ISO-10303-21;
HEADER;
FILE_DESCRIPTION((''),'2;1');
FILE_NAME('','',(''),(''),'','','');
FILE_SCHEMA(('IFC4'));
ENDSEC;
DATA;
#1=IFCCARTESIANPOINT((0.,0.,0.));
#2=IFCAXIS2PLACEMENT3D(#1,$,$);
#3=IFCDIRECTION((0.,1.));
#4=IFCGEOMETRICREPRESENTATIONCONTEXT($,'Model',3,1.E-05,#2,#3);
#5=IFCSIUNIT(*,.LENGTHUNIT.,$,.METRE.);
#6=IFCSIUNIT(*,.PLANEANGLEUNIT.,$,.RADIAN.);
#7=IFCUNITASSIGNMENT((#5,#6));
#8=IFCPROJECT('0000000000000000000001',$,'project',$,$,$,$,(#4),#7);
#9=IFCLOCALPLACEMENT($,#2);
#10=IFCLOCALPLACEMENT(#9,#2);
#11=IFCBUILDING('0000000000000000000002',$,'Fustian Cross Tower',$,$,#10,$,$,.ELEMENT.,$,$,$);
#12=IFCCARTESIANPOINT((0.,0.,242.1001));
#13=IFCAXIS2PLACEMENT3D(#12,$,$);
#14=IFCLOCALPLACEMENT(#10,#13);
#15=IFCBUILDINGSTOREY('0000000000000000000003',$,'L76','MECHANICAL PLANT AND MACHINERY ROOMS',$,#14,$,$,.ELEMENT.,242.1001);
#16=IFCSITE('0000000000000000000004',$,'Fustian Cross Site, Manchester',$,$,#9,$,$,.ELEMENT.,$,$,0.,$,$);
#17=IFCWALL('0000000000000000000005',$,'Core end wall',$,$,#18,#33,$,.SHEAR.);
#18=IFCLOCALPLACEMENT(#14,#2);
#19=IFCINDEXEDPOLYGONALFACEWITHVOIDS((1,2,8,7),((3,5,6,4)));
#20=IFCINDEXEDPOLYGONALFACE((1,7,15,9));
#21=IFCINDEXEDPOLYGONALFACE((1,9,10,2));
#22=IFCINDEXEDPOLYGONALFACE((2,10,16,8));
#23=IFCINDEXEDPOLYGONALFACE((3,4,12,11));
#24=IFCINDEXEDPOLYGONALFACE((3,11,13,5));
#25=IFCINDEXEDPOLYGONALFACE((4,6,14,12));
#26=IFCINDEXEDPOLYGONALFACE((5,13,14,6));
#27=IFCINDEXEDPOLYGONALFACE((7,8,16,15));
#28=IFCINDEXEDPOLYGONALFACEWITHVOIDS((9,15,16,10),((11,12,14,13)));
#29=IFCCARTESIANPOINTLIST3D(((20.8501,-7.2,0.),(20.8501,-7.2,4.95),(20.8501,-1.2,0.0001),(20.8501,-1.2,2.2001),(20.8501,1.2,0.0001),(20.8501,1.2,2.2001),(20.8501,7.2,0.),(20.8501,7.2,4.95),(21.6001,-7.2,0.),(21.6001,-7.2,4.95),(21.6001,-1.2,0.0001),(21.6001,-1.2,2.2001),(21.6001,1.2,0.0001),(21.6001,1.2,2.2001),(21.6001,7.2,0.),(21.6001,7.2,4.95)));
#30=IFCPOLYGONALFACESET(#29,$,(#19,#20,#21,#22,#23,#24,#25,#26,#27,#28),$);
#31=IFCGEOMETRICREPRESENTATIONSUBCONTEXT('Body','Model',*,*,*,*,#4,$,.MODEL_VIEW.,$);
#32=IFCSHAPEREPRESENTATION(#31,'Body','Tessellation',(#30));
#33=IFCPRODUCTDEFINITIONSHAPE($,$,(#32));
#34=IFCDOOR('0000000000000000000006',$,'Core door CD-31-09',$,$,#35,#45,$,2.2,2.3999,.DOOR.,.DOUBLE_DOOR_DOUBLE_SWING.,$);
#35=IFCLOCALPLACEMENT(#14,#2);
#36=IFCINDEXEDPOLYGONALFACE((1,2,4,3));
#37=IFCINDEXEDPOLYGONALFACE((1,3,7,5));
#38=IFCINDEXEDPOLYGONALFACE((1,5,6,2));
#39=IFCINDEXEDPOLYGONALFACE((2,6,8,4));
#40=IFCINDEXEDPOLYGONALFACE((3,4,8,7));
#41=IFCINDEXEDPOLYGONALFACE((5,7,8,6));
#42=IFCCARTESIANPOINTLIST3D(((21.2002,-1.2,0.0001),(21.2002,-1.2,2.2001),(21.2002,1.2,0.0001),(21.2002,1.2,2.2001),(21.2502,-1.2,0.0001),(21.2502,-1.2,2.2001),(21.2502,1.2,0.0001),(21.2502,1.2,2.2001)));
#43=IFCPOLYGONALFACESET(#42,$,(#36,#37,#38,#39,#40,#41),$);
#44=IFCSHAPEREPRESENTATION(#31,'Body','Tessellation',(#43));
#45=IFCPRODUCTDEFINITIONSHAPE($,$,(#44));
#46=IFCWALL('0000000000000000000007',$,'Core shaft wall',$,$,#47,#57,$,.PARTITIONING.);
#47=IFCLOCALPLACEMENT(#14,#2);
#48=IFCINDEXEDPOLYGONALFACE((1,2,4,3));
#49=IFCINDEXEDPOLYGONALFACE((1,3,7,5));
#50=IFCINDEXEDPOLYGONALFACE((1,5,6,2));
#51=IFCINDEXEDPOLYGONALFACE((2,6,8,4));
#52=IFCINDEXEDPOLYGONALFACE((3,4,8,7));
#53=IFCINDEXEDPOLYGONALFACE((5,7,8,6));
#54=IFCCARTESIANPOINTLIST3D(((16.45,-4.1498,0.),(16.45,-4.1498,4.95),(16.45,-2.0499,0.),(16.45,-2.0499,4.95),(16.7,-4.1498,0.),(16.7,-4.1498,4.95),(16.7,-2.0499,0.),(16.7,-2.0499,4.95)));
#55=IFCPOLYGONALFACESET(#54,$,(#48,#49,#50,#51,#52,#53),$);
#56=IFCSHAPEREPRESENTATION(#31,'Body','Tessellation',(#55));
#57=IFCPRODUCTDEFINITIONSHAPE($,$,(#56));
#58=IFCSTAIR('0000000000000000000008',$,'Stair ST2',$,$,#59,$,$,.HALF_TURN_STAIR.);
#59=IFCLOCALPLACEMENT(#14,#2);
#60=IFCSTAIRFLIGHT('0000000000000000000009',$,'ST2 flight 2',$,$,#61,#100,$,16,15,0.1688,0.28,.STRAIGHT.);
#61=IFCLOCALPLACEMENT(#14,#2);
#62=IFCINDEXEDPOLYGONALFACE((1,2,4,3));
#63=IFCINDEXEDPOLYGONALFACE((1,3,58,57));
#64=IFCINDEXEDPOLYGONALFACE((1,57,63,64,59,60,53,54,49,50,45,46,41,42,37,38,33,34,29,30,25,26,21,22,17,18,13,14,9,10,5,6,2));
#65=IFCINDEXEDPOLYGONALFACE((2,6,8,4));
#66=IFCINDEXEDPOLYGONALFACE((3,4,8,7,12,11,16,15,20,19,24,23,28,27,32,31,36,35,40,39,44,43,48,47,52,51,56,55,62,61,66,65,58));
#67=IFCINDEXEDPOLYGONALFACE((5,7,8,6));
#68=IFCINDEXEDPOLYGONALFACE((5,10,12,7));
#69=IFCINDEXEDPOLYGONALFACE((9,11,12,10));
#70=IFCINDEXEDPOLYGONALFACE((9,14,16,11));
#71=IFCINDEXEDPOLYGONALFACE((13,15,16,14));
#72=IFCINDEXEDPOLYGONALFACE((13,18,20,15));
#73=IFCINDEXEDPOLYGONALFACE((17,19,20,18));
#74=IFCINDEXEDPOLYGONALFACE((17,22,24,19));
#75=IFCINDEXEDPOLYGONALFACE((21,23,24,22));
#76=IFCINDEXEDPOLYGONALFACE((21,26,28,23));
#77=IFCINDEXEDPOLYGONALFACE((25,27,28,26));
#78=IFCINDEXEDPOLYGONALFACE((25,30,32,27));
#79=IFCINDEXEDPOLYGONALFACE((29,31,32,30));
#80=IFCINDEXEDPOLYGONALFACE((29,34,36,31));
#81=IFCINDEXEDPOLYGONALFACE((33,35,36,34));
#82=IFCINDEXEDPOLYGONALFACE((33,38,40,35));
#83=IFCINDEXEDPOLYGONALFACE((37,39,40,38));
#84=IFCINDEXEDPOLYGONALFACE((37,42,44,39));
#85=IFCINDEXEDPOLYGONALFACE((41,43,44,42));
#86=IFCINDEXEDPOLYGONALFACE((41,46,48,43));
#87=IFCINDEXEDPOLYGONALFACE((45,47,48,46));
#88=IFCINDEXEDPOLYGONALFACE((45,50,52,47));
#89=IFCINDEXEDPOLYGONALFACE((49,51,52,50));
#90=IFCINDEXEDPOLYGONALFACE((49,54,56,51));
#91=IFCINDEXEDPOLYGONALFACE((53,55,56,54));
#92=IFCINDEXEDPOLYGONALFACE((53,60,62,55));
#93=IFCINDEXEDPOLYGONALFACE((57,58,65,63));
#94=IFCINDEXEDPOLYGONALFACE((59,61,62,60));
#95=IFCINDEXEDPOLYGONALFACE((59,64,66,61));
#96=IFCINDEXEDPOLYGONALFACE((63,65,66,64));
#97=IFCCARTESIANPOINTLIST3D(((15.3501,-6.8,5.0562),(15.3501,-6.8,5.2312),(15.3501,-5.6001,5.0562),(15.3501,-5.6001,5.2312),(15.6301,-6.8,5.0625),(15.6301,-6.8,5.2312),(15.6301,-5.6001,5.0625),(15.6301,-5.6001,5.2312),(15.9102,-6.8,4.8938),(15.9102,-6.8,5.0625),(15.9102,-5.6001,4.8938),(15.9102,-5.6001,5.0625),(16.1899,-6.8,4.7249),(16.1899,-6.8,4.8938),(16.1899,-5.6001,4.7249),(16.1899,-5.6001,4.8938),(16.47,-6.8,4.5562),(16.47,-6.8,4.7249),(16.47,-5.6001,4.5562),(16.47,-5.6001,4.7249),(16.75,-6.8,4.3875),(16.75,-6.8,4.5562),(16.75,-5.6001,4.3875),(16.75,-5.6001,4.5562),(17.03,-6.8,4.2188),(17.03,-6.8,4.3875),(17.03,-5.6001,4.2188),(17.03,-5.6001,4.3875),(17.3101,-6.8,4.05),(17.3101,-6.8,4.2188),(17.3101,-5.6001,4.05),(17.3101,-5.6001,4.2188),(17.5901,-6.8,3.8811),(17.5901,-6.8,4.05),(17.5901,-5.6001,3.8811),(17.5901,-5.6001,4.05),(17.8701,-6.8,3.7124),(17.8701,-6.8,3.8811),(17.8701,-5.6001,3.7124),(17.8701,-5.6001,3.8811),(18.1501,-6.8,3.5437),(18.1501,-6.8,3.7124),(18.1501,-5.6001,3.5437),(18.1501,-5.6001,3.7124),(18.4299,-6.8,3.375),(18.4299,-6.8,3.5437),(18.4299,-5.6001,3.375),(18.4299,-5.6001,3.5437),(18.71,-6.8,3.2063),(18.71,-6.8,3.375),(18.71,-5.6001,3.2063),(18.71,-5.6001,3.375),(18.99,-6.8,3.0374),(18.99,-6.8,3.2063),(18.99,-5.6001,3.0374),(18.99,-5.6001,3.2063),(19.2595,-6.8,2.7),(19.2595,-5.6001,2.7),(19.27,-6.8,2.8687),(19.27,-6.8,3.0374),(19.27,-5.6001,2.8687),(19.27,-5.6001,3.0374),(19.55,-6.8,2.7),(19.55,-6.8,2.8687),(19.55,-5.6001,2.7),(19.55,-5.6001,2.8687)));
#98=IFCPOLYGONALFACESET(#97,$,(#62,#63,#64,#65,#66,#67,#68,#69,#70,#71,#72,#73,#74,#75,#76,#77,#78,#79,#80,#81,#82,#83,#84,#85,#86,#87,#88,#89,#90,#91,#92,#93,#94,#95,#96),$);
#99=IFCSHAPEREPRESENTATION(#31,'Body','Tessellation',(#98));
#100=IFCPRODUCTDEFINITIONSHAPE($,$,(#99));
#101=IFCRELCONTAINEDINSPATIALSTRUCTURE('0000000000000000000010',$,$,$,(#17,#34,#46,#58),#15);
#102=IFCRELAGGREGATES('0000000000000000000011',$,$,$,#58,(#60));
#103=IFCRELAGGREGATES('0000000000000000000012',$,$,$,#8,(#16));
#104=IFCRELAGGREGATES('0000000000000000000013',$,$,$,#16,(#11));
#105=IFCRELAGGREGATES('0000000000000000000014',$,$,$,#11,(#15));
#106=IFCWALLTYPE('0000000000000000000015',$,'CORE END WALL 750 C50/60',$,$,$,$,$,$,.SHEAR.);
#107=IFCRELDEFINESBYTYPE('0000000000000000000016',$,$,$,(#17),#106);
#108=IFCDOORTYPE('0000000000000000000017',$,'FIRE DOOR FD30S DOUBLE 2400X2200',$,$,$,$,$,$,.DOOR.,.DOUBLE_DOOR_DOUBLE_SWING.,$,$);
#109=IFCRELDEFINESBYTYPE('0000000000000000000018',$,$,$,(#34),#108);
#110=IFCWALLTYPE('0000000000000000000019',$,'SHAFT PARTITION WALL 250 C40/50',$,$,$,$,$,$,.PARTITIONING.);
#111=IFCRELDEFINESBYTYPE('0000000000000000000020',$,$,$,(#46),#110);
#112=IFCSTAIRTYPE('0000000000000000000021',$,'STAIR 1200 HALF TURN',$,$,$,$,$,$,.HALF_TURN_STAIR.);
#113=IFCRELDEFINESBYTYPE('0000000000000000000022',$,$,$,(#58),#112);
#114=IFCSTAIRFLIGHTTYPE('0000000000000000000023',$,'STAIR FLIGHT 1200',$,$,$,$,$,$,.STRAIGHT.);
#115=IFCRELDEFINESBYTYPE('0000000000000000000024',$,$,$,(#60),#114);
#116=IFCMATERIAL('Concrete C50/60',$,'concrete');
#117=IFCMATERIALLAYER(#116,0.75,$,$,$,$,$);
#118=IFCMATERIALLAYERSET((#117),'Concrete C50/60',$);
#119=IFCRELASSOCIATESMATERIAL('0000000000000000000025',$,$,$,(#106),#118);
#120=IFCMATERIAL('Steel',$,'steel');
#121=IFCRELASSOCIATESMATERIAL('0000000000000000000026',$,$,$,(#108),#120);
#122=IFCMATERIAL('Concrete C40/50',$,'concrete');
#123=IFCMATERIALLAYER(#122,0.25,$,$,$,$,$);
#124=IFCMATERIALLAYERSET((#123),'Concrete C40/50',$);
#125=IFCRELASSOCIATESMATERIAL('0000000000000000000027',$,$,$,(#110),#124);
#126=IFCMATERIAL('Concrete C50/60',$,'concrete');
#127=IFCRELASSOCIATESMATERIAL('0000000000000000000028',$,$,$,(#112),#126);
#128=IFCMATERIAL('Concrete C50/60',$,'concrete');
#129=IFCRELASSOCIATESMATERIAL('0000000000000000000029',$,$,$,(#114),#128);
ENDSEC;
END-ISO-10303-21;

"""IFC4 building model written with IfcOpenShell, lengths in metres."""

from ifc_helpers import new_model, si_unit, direction, frame, frame_2d, origin, place, context, subcontext, project, spatial, polyline, rectangle, outline, extrude, material, layer, layer_set, type_object, element, fill, aggregate, save


model = new_model("IFC4")

# Units and contexts
model_context = context("Model", 3, precision=1e-05, world=origin(), true_north=direction((0.0, 1.0)))
body_context = subcontext(model_context, "Body", "Model", "MODEL_VIEW")
ifc_project = project(units=[si_unit("LENGTHUNIT", "METRE"), si_unit("PLANEANGLEUNIT", "RADIAN")], contexts=[model_context])

# Site, building, storey
site_placement = place(None, origin())
site = spatial("IfcSite", under=ifc_project, at=site_placement, Name="Fustian Cross Site, Manchester", CompositionType="ELEMENT", RefElevation=0.0)
building_placement = place(site_placement, origin())
building = spatial("IfcBuilding", under=site, at=building_placement, Name="Fustian Cross Tower", CompositionType="ELEMENT")
storey_placement = place(building_placement, frame((0.0, 0.0, 242.1001)))
storey = spatial("IfcBuildingStorey", under=building, at=storey_placement, Name="L76", Description="MECHANICAL PLANT AND MACHINERY ROOMS", CompositionType="ELEMENT", Elevation=242.1001)

# Wall, opening, door
ifc_material_1 = material(Name="Concrete C50/60", Category="concrete")
ifc_layer_1 = layer(ifc_material_1, 0.75)
ifc_layer_set_1 = layer_set([ifc_layer_1], Name="Concrete C50/60")
wall_type_1 = type_object("IfcWallType", Name="CORE END WALL 750 C50/60", PredefinedType="SHEAR", material=ifc_layer_set_1)
wall_1_placement = place(storey_placement, frame((21.2251, -7.2, 0.0), z_axis=(0.0, 0.0, 1.0), x_axis=(0.0, 1.0, 0.0)))
wall_1 = element("IfcWall", 1, at=wall_1_placement, inside=storey, type_object=wall_type_1, Name="Core end wall", PredefinedType="SHEAR", context=body_context, shape_type="SweptSolid", body=[
    extrude(rectangle(XDim=14.3999, YDim=0.75, at=frame_2d((7.2, 0.0))), origin(), (0.0, 0.0, 1.0), 4.95),
])
opening_1_placement = place(wall_1_placement, frame((6.0, 0.0, 0.0)))
opening_1 = element("IfcOpeningElement", 2, at=opening_1_placement, cuts=wall_1, PredefinedType="OPENING", context=body_context, shape_type="SweptSolid", body=[
    extrude(rectangle(XDim=2.3999, YDim=2.2, at=frame_2d((1.2, 1.1001))), frame((0.0, 0.385, 0.0), z_axis=(0.0, -1.0, 0.0), x_axis=(1.0, 0.0, 0.0)), (0.0, 0.0, 1.0), 0.77),
])
ifc_material_2 = material(Name="Steel", Category="steel")
door_type_1 = type_object("IfcDoorType", Name="FIRE DOOR FD30S DOUBLE 2400X2200", OperationType="DOUBLE_DOOR_DOUBLE_SWING", PredefinedType="DOOR", material=ifc_material_2)
door_1_placement = place(opening_1_placement, origin())
door_1 = element("IfcDoor", 3, at=door_1_placement, inside=storey, type_object=door_type_1, Name="Core door CD-31-09", OperationType="DOUBLE_DOOR_DOUBLE_SWING", OverallHeight=2.2, OverallWidth=2.3999, PredefinedType="DOOR", context=body_context, shape_type="SweptSolid", body=[
    extrude(rectangle(XDim=2.3999, YDim=2.2, at=frame_2d((1.2, 1.1001))), frame((0.0, 0.0249, 0.0), z_axis=(0.0, -1.0, 0.0), x_axis=(1.0, 0.0, 0.0)), (0.0, 0.0, 1.0), 0.05),
])
fill(opening_1, door_1)

# Wall
ifc_material_3 = material(Name="Concrete C40/50", Category="concrete")
ifc_layer_2 = layer(ifc_material_3, 0.25)
ifc_layer_set_2 = layer_set([ifc_layer_2], Name="Concrete C40/50")
wall_type_2 = type_object("IfcWallType", Name="SHAFT PARTITION WALL 250 C40/50", PredefinedType="PARTITIONING", material=ifc_layer_set_2)
wall_2_placement = place(storey_placement, frame((16.575, -2.05, 0.0), z_axis=(0.0, 0.0, 1.0), x_axis=(0.0, -1.0, 0.0)))
element("IfcWall", 4, at=wall_2_placement, inside=storey, type_object=wall_type_2, Name="Core shaft wall", PredefinedType="PARTITIONING", context=body_context, shape_type="SweptSolid", body=[
    extrude(rectangle(XDim=2.0999, YDim=0.25, at=frame_2d((1.0498, 0.0))), origin(), (0.0, 0.0, 1.0), 4.95),
])

# Stair, stair flight
ifc_material_4 = material(Name="Concrete C50/60", Category="concrete")
stair_type = type_object("IfcStairType", Name="STAIR 1200 HALF TURN", PredefinedType="HALF_TURN_STAIR", material=ifc_material_4)
stair_placement = place(storey_placement, origin())
stair = element("IfcStair", 5, at=stair_placement, inside=storey, type_object=stair_type, Name="Stair ST2", PredefinedType="HALF_TURN_STAIR")
ifc_material_5 = material(Name="Concrete C50/60", Category="concrete")
stair_flight_type = type_object("IfcStairFlightType", Name="STAIR FLIGHT 1200", PredefinedType="STRAIGHT", material=ifc_material_5)
stair_flight_placement = place(storey_placement, frame((19.55, -6.2, 2.7), z_axis=(0.0, 0.0, 1.0), x_axis=(-1.0, 0.0, 0.0)))
stair_flight = element("IfcStairFlight", 6, at=stair_flight_placement, type_object=stair_flight_type, Name="ST2 flight 2", NumberOfRisers=16, NumberOfTreads=15, PredefinedType="STRAIGHT", RiserHeight=0.1688, TreadLength=0.28, context=body_context, shape_type="SweptSolid", body=[
    extrude(outline(polyline([(0.0, 0.0), (0.0, 0.1687), (0.28, 0.1687), (0.28, 0.3374), (0.5601, 0.3374), (0.5601, 0.5063), (0.8401, 0.5063), (0.8401, 0.675), (1.1201, 0.675), (1.1201, 0.8438), (1.3999, 0.8438), (1.3999, 1.0125), (1.6799, 1.0125), (1.6799, 1.1812), (1.96, 1.1812), (1.96, 1.3501), (2.24, 1.3501), (2.24, 1.5188), (2.52, 1.5188), (2.52, 1.6875), (2.8, 1.6875), (2.8, 1.8562), (3.0801, 1.8562), (3.0801, 2.0249), (3.3601, 2.0249), (3.3601, 2.1938), (3.6399, 2.1938), (3.6399, 2.3625), (3.9199, 2.3625), (3.9199, 2.5312), (4.2, 2.5312), (4.2, 2.7), (4.2, 2.3562), (0.2905, 0.0), (0.0, 0.0)])), frame((0.0, 0.6001, 0.0), z_axis=(0.0, -1.0, 0.0), x_axis=(1.0, 0.0, 0.0)), (0.0, 0.0, 1.0), 1.2),
])
aggregate(stair, [stair_flight])

save(model, "model.ifc")
